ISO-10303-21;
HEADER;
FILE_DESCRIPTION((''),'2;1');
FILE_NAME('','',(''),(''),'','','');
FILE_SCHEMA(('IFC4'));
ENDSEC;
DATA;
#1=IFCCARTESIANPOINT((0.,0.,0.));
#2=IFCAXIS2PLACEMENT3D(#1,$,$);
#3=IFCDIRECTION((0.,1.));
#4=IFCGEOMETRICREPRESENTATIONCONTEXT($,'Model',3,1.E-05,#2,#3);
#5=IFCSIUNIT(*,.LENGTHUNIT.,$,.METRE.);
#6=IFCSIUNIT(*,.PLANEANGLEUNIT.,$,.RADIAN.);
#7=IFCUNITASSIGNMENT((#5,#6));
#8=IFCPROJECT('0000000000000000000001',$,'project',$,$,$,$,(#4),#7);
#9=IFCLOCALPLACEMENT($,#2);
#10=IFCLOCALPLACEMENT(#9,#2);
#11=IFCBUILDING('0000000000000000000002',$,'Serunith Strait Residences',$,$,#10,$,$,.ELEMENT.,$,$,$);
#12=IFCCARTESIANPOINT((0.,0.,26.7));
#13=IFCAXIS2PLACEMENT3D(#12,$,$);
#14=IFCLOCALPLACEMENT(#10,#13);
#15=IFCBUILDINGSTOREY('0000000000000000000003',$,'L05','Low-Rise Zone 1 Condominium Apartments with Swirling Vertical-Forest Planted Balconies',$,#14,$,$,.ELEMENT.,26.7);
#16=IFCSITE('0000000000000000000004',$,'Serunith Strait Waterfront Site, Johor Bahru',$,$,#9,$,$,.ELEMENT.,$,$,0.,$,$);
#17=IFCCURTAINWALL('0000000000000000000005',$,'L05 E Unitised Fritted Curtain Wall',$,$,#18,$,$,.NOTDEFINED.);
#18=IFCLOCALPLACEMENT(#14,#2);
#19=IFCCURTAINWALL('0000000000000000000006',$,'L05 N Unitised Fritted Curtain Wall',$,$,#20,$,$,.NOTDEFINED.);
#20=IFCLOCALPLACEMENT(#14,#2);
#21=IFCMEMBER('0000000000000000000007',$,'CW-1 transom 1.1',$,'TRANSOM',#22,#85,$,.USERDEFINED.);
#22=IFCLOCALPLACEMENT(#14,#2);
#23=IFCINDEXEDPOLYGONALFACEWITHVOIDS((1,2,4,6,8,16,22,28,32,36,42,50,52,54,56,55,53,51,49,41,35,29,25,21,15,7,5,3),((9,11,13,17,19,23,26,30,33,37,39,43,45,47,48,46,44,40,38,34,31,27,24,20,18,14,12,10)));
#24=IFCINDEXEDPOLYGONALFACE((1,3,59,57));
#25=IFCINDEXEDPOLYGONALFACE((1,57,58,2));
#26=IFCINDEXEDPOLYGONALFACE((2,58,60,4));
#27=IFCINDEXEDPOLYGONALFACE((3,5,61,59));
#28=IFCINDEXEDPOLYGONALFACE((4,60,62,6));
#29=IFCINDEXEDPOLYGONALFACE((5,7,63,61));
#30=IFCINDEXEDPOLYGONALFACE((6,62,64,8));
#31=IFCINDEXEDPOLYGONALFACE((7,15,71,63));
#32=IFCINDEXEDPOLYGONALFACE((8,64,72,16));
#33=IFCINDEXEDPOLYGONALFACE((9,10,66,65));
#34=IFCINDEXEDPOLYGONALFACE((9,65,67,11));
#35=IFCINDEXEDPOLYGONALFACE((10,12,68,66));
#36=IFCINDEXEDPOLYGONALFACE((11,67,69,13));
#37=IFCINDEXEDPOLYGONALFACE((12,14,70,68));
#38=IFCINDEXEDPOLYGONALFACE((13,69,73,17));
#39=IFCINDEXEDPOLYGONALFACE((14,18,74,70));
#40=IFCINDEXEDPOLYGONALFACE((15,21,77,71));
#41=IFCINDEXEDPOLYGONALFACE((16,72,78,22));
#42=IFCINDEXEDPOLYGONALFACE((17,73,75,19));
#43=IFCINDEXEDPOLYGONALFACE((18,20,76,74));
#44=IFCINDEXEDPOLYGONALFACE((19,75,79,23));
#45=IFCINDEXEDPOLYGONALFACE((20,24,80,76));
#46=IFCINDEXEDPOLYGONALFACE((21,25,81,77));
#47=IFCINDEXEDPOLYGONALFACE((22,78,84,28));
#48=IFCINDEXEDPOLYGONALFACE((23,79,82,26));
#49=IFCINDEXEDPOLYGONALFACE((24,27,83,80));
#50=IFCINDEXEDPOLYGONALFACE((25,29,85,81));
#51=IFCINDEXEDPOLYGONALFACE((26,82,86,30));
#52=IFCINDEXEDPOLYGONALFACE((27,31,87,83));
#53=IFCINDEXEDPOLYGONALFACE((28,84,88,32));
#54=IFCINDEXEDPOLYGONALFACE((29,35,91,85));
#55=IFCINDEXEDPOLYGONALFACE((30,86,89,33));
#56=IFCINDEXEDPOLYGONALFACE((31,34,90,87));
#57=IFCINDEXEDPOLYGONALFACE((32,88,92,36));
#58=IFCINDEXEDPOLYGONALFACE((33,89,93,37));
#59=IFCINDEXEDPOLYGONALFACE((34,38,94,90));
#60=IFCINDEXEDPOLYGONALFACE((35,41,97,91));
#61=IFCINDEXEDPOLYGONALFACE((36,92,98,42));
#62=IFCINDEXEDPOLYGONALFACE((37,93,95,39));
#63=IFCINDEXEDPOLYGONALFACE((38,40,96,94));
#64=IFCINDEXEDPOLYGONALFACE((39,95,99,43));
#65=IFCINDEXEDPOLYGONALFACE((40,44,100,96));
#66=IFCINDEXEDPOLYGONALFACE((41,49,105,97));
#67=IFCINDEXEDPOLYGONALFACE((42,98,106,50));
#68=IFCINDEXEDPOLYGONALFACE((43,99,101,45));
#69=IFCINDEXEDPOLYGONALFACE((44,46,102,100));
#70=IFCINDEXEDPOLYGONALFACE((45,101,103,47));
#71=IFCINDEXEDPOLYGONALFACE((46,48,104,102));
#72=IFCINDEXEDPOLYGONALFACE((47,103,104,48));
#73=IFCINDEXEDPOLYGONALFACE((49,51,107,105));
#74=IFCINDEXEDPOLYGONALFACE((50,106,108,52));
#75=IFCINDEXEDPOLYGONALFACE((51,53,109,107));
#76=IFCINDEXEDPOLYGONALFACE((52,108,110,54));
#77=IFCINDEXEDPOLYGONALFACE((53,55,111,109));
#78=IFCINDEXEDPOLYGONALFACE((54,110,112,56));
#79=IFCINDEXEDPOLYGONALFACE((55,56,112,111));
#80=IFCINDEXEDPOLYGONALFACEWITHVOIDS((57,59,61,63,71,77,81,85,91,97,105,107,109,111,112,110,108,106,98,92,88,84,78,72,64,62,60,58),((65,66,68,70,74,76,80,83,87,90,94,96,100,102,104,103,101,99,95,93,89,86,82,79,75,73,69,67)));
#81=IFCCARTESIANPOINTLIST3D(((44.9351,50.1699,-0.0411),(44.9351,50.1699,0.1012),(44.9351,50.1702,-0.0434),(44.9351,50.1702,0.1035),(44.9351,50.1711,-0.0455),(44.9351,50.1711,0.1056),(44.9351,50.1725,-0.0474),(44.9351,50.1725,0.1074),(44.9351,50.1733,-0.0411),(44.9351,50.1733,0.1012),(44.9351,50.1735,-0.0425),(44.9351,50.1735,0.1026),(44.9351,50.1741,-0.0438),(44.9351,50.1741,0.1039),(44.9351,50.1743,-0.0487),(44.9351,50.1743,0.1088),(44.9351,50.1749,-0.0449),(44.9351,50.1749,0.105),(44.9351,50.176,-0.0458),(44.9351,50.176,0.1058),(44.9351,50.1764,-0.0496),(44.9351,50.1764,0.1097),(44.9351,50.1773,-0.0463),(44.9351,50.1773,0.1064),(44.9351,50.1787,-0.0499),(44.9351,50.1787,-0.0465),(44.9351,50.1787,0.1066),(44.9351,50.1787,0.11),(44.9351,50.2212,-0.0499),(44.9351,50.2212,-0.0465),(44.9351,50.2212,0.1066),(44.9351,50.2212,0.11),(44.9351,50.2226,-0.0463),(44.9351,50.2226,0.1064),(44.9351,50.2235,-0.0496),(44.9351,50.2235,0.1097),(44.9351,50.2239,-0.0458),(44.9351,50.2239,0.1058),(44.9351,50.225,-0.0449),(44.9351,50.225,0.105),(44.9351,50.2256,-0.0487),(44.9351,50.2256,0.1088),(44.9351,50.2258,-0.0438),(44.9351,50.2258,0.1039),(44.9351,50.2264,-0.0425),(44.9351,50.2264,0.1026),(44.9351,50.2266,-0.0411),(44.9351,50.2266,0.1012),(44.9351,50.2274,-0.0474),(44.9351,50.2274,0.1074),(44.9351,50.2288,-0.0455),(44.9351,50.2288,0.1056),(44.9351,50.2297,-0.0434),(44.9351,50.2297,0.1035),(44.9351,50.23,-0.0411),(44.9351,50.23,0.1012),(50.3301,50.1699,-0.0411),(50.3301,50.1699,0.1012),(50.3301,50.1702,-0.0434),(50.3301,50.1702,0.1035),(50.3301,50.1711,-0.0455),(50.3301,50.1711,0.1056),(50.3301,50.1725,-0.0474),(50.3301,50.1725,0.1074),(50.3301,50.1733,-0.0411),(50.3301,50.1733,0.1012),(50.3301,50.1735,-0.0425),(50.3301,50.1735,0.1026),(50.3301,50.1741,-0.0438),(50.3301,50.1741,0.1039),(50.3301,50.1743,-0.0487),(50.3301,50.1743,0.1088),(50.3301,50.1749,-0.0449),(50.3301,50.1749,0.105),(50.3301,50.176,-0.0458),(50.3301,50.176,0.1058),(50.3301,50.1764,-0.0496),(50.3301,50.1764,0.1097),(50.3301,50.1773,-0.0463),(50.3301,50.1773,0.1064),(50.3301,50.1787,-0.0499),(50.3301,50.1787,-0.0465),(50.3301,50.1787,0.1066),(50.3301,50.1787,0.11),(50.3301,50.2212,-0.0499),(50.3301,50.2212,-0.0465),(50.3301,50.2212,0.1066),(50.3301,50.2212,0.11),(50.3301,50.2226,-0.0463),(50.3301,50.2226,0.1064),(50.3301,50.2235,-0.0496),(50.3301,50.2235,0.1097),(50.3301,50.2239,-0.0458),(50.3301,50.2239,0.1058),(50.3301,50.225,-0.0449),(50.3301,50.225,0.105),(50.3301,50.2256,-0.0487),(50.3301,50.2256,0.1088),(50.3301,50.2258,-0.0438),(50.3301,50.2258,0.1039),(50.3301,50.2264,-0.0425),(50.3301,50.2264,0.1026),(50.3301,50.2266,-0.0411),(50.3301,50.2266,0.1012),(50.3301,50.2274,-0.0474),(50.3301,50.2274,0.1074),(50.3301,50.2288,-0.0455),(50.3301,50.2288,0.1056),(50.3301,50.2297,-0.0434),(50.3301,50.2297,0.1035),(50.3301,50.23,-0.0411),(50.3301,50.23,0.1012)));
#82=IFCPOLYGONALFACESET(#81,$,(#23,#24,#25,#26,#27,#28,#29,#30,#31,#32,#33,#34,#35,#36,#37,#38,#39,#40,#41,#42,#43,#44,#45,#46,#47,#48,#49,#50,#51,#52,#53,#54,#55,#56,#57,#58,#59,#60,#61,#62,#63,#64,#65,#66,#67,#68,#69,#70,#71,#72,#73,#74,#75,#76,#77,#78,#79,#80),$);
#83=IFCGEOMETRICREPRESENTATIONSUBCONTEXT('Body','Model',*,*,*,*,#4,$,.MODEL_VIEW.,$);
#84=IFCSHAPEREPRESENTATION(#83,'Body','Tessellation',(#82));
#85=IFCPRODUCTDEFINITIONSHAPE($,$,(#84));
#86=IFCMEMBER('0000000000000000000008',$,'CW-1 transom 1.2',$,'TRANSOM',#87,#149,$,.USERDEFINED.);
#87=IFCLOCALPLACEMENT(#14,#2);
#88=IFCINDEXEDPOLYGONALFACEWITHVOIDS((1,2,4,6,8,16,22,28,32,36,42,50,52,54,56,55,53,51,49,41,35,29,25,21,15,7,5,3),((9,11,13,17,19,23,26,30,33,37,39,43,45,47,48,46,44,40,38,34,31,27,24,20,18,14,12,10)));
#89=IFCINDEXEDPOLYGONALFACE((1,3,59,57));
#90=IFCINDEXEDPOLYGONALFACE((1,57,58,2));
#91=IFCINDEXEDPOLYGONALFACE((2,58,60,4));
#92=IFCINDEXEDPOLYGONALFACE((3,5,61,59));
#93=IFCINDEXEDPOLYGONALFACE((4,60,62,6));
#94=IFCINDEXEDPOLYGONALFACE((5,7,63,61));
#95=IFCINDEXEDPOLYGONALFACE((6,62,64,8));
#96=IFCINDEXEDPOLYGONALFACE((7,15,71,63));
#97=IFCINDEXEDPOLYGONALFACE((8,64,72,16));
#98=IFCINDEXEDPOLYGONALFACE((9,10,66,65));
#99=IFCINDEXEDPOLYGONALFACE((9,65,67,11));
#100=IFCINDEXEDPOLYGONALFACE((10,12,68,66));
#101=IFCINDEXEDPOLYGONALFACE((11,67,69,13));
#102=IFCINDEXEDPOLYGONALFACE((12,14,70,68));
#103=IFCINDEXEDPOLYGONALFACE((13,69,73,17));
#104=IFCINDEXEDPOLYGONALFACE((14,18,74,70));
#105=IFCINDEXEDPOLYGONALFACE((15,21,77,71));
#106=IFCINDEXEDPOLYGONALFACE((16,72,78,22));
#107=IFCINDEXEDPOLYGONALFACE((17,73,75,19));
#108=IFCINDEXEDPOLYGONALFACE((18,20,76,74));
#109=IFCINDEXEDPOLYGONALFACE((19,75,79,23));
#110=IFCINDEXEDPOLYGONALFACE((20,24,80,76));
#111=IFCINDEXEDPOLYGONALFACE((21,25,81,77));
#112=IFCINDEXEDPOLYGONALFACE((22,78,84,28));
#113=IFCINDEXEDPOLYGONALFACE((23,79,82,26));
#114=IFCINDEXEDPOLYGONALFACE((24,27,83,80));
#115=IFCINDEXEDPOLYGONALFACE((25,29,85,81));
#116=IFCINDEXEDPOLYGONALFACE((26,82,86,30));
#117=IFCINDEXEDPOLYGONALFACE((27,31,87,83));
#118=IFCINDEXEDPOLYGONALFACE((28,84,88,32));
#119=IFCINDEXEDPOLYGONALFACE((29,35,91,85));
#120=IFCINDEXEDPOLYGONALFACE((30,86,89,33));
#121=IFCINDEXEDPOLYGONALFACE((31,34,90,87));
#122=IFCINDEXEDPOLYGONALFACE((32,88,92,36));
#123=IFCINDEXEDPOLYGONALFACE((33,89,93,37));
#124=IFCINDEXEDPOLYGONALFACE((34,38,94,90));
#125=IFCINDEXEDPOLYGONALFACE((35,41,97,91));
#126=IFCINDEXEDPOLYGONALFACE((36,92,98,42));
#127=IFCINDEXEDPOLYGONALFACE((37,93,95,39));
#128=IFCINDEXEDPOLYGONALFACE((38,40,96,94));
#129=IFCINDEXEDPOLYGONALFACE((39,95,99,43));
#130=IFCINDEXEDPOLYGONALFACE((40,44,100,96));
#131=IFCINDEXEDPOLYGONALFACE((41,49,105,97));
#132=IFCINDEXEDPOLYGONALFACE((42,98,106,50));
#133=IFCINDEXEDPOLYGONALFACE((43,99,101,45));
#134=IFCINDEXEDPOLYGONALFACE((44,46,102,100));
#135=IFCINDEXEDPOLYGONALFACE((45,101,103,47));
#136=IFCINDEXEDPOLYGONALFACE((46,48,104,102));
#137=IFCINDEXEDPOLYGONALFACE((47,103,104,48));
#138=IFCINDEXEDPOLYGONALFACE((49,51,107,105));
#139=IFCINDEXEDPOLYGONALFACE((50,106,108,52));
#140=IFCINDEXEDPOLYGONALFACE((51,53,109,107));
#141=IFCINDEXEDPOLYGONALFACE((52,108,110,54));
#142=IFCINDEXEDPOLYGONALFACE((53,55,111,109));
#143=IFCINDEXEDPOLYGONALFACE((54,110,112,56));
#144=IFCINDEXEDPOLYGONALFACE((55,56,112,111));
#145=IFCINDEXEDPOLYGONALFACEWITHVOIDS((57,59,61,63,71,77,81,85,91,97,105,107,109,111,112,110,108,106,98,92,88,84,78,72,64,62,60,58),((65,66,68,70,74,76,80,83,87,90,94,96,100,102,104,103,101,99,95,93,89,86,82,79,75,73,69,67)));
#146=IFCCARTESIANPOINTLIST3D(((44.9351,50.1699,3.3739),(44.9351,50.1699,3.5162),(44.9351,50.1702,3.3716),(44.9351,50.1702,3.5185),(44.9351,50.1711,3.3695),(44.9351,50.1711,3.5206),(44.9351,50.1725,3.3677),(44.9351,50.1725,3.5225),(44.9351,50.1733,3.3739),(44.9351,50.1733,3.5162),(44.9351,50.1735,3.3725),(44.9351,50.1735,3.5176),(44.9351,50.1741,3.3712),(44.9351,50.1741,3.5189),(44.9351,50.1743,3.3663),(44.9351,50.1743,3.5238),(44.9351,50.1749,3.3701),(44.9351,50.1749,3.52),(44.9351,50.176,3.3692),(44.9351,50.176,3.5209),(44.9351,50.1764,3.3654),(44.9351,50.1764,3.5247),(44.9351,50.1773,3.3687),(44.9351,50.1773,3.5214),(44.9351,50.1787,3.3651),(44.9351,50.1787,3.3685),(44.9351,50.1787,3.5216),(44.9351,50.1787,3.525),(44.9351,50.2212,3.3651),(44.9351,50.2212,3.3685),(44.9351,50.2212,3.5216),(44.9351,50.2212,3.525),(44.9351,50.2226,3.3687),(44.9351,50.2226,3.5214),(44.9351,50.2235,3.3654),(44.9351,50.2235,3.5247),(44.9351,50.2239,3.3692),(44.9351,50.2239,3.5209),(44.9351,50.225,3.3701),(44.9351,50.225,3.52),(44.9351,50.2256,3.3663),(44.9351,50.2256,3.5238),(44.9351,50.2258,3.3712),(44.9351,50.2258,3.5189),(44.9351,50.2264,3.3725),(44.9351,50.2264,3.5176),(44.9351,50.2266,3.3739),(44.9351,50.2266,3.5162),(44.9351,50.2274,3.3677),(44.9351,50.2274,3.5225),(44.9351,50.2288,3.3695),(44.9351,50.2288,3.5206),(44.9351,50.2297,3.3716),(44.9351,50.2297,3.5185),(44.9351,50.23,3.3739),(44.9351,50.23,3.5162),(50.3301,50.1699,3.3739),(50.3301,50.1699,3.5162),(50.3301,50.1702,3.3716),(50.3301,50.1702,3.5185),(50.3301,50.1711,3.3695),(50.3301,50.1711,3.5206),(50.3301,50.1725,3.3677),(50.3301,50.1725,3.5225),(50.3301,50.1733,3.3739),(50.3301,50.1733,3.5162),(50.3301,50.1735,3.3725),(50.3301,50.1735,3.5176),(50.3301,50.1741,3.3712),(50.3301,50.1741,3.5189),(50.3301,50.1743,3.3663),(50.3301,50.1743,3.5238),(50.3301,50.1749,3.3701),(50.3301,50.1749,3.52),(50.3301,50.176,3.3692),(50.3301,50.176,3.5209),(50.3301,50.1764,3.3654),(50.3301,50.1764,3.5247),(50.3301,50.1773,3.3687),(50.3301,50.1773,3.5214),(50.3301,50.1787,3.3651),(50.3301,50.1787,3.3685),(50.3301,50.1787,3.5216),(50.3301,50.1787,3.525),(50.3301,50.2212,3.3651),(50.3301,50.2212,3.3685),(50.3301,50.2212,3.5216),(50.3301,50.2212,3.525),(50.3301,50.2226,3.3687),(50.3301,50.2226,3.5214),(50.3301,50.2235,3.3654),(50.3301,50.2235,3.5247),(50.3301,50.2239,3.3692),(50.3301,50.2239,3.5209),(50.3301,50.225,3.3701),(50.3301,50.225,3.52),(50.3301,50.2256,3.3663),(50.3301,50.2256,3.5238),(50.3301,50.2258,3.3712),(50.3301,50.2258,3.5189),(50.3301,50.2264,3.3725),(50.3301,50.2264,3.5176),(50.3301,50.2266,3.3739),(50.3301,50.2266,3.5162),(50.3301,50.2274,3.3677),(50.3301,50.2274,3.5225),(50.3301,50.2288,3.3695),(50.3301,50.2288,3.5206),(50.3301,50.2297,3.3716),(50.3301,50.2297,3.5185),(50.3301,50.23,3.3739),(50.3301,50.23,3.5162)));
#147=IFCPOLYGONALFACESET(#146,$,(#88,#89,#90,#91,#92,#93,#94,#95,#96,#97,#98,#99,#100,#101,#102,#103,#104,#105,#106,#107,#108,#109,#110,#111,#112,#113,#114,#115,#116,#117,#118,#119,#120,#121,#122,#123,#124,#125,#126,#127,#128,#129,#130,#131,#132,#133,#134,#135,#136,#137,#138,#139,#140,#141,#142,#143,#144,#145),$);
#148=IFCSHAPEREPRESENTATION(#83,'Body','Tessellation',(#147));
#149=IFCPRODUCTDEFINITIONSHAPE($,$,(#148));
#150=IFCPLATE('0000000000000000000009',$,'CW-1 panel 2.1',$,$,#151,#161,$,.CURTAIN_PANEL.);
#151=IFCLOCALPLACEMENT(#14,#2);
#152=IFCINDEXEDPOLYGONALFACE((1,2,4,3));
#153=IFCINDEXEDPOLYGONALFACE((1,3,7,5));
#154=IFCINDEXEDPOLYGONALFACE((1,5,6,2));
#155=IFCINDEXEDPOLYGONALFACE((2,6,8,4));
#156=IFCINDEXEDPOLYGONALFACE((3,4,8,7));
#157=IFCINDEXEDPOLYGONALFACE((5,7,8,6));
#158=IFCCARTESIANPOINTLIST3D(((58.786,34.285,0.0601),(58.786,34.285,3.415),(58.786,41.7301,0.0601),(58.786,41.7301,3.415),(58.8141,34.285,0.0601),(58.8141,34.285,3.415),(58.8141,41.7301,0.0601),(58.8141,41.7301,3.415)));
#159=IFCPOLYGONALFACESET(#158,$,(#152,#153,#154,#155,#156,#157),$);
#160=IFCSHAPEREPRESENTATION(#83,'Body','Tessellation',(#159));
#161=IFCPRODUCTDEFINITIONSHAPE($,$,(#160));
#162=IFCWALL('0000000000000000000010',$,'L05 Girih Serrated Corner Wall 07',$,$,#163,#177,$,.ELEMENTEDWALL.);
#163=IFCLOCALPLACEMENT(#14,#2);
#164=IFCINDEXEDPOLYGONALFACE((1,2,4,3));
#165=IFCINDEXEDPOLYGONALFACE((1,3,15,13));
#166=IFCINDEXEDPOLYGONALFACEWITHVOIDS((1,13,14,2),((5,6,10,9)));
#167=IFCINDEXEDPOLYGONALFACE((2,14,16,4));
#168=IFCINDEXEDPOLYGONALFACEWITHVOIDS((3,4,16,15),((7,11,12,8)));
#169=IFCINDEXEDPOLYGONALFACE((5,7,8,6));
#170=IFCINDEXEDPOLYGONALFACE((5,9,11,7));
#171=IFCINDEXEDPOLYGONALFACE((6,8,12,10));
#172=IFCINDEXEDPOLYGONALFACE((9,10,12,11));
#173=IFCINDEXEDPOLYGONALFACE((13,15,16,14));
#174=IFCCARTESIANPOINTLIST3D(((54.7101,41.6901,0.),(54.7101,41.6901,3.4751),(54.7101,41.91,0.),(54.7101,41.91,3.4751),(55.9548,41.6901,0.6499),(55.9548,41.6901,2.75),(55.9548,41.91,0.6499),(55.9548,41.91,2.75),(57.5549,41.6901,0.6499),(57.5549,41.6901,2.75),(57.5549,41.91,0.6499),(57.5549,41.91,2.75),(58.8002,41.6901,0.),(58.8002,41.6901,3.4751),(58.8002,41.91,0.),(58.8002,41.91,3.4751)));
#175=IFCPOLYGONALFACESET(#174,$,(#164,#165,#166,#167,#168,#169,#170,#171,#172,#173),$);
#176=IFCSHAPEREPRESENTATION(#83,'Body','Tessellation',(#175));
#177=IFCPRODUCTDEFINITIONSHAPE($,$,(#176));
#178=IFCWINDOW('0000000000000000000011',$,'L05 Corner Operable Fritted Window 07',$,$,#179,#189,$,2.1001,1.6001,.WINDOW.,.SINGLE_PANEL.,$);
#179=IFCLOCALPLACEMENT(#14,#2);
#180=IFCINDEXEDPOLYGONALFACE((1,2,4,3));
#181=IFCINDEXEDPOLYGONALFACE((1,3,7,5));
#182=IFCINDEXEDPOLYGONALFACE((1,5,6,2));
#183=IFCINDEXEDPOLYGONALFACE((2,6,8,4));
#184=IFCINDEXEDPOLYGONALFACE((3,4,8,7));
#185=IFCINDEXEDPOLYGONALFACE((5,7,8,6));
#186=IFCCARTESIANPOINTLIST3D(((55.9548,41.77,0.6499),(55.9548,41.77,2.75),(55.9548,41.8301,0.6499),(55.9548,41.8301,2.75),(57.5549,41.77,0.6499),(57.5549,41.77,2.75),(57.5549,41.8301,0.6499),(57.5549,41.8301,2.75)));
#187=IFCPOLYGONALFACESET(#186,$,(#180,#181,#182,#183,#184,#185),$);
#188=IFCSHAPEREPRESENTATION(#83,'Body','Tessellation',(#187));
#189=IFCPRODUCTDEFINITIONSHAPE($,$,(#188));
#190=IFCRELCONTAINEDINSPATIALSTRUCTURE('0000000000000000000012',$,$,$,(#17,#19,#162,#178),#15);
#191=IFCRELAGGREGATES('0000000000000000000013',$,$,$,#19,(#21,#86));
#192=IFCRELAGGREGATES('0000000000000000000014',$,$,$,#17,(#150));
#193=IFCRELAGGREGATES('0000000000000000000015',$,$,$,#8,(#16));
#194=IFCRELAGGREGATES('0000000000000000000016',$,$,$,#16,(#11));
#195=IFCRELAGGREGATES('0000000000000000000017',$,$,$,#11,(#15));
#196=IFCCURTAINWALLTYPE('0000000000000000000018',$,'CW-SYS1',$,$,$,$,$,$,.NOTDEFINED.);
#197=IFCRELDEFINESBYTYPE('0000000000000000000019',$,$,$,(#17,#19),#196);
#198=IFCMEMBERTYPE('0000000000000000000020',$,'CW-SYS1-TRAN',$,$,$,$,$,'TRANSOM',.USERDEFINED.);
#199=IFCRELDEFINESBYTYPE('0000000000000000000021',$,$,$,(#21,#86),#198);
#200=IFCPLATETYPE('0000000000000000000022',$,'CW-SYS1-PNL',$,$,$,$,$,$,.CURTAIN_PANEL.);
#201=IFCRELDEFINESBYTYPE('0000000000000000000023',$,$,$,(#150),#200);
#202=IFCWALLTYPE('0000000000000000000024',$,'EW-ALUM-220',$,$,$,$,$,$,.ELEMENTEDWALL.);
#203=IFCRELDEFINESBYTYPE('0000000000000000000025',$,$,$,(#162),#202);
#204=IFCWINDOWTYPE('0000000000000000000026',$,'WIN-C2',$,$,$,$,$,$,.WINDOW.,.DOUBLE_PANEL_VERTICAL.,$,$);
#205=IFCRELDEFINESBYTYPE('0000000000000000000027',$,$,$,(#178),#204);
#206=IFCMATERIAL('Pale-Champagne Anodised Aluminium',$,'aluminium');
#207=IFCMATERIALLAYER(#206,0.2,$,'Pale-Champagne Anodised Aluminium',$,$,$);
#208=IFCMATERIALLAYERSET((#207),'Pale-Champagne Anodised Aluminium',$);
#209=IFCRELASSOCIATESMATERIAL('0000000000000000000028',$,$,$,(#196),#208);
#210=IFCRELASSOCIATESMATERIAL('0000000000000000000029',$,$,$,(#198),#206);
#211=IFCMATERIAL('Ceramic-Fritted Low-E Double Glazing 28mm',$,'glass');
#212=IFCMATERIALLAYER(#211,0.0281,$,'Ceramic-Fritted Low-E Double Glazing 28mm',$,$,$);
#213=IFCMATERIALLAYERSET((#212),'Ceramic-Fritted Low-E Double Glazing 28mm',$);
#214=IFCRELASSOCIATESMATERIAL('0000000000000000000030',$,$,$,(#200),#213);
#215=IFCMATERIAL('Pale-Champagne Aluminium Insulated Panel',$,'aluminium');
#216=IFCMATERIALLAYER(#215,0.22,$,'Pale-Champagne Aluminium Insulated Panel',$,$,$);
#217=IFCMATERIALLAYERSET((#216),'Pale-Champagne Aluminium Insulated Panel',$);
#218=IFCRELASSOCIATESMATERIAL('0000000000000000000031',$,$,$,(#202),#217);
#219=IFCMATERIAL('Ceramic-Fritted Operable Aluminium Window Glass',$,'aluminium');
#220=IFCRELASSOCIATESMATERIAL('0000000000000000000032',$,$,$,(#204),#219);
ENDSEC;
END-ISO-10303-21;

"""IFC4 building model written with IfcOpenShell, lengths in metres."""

from ifc_helpers import new_model, si_unit, direction, frame, frame_2d, origin, origin_2d, place, context, subcontext, project, spatial, rectangle, hollow_rectangle, extrude, source, transform, mapped, material, layer, layer_set, material_profile, profile_set, type_object, element, fill, aggregate, save


model = new_model("IFC4")

# Units and contexts
model_context = context("Model", 3, precision=1e-05, world=origin(), true_north=direction((0.0, 1.0)))
body_context = subcontext(model_context, "Body", "Model", "MODEL_VIEW")
ifc_project = project(units=[si_unit("LENGTHUNIT", "METRE"), si_unit("PLANEANGLEUNIT", "RADIAN")], contexts=[model_context])

# Site, building, storey
site_placement = place(None, origin())
site = spatial("IfcSite", under=ifc_project, at=site_placement, Name="Serunith Strait Waterfront Site, Johor Bahru", CompositionType="ELEMENT", RefElevation=0.0)
building_placement = place(site_placement, origin())
building = spatial("IfcBuilding", under=site, at=building_placement, Name="Serunith Strait Residences", CompositionType="ELEMENT")
storey_placement = place(building_placement, frame((0.0, 0.0, 26.7)))
storey = spatial("IfcBuildingStorey", under=building, at=storey_placement, Name="L05", Description="Low-Rise Zone 1 Condominium Apartments with Swirling Vertical-Forest Planted Balconies", CompositionType="ELEMENT", Elevation=26.7)

# Curtain wall
ifc_material_1 = material(Name="Pale-Champagne Anodised Aluminium", Category="aluminium")
ifc_layer_1 = layer(ifc_material_1, 0.2, Name="Pale-Champagne Anodised Aluminium")
ifc_layer_set_1 = layer_set([ifc_layer_1], Name="Pale-Champagne Anodised Aluminium")
curtain_wall_type = type_object("IfcCurtainWallType", Name="CW-SYS1", PredefinedType="NOTDEFINED", material=ifc_layer_set_1)
curtain_wall_1_placement = place(storey_placement, origin())
curtain_wall_1 = element("IfcCurtainWall", 1, at=curtain_wall_1_placement, inside=storey, type_object=curtain_wall_type, Name="L05 E Unitised Fritted Curtain Wall", PredefinedType="NOTDEFINED")

# Curtain wall, members
curtain_wall_2_placement = place(storey_placement, origin())
curtain_wall_2 = element("IfcCurtainWall", 2, at=curtain_wall_2_placement, inside=storey, type_object=curtain_wall_type, Name="L05 N Unitised Fritted Curtain Wall", PredefinedType="NOTDEFINED")
ifc_material_profile_1 = material_profile(ifc_material_1, hollow_rectangle(XDim=0.0601, YDim=0.1599, WallThickness=0.0034, InnerFilletRadius=0.0054, OuterFilletRadius=0.0088, at=origin_2d()), Name="ALU 160x60x3.5")
ifc_profile_set_1 = profile_set([ifc_material_profile_1], Name="Pale-Champagne Anodised Aluminium")
member_type_1 = type_object("IfcMemberType", Name="CW-SYS1-TRAN", ElementType="TRANSOM", PredefinedType="USERDEFINED", material=ifc_profile_set_1)
shared_shape_1 = source(origin(), body_context, "Body", "SweptSolid", [
    extrude(hollow_rectangle(XDim=0.0601, YDim=0.1599, WallThickness=0.0034, InnerFilletRadius=0.0054, OuterFilletRadius=0.0088, at=origin_2d()), origin(), (0.0, 0.0, 1.0), 5.395),
])
member_1_placement = place(storey_placement, frame((50.3301, 50.2, 0.03), z_axis=(-1.0, 0.0, 0.0), x_axis=(0.0, -1.0, 0.0)))
member_1 = element("IfcMember", 3, at=member_1_placement, type_object=member_type_1, Name="CW-1 transom 1.1", ObjectType="TRANSOM", PredefinedType="USERDEFINED", context=body_context, shape_type="MappedRepresentation", body=[
    mapped(shared_shape_1, transform((0.0, 0.0, 0.0), scale=1.0)),
])
member_2_placement = place(storey_placement, frame((50.3301, 50.2, 3.4451), z_axis=(-1.0, 0.0, 0.0), x_axis=(0.0, -1.0, 0.0)))
member_2 = element("IfcMember", 4, at=member_2_placement, type_object=member_type_1, Name="CW-1 transom 1.2", ObjectType="TRANSOM", PredefinedType="USERDEFINED", context=body_context, shape_type="MappedRepresentation", body=[
    mapped(shared_shape_1, transform((0.0, 0.0, 0.0), scale=1.0)),
])
aggregate(curtain_wall_2, [member_1, member_2])

# Plate
ifc_material_2 = material(Name="Ceramic-Fritted Low-E Double Glazing 28mm", Category="glass")
ifc_layer_2 = layer(ifc_material_2, 0.0281, Name="Ceramic-Fritted Low-E Double Glazing 28mm")
ifc_layer_set_2 = layer_set([ifc_layer_2], Name="Ceramic-Fritted Low-E Double Glazing 28mm")
plate_type = type_object("IfcPlateType", Name="CW-SYS1-PNL", PredefinedType="CURTAIN_PANEL", material=ifc_layer_set_2)
shared_shape_2 = source(origin(), body_context, "Body", "SweptSolid", [
    extrude(rectangle(XDim=7.4451, YDim=0.0281, at=origin_2d()), origin(), (0.0, 0.0, 1.0), 3.355),
])
plate_placement = place(storey_placement, frame((58.8, 38.0076, 0.0601), z_axis=(0.0, 0.0, 1.0), x_axis=(0.0, 1.0, 0.0)))
plate = element("IfcPlate", 5, at=plate_placement, type_object=plate_type, Name="CW-1 panel 2.1", PredefinedType="CURTAIN_PANEL", context=body_context, shape_type="MappedRepresentation", body=[
    mapped(shared_shape_2, transform((0.0, 0.0, 0.0), scale=1.0)),
])
aggregate(curtain_wall_1, [plate])

# Wall, opening, window
ifc_material_3 = material(Name="Pale-Champagne Aluminium Insulated Panel", Category="aluminium")
ifc_layer_3 = layer(ifc_material_3, 0.22, Name="Pale-Champagne Aluminium Insulated Panel")
ifc_layer_set_3 = layer_set([ifc_layer_3], Name="Pale-Champagne Aluminium Insulated Panel")
wall_type_1 = type_object("IfcWallType", Name="EW-ALUM-220", PredefinedType="ELEMENTEDWALL", material=ifc_layer_set_3)
wall_1_placement = place(storey_placement, frame((58.8, 41.8, 0.0), z_axis=(0.0, 0.0, 1.0), x_axis=(-1.0, 0.0, 0.0)))
wall_1 = element("IfcWall", 6, at=wall_1_placement, inside=storey, type_object=wall_type_1, Name="L05 Girih Serrated Corner Wall 07", PredefinedType="ELEMENTEDWALL", context=body_context, shape_type="SweptSolid", body=[
    extrude(rectangle(XDim=4.0901, YDim=0.22, at=frame_2d((2.0449, 0.0))), origin(), (0.0, 0.0, 1.0), 3.4751),
])
opening_1_placement = place(wall_1_placement, frame((1.2451, 0.0, 0.6499)))
opening_1 = element("IfcOpeningElement", 7, at=opening_1_placement, cuts=wall_1, PredefinedType="OPENING", context=body_context, shape_type="SweptSolid", body=[
    extrude(rectangle(XDim=1.6001, YDim=2.1001, at=frame_2d((0.8, 1.05))), frame((0.0, 0.1201, 0.0), z_axis=(0.0, -1.0, 0.0), x_axis=(1.0, 0.0, 0.0)), (0.0, 0.0, 1.0), 0.24),
])
ifc_material_4 = material(Name="Ceramic-Fritted Operable Aluminium Window Glass", Category="aluminium")
window_type = type_object("IfcWindowType", Name="WIN-C2", PartitioningType="DOUBLE_PANEL_VERTICAL", PredefinedType="WINDOW", material=ifc_material_4)
shared_shape_3 = source(origin(), body_context, "Body", "SweptSolid", [
    extrude(rectangle(XDim=1.6001, YDim=2.1001, at=frame_2d((0.8, 1.05))), frame((0.0, 0.03, 0.0), z_axis=(0.0, -1.0, 0.0), x_axis=(1.0, 0.0, 0.0)), (0.0, 0.0, 1.0), 0.0601),
])
window_1_placement = place(opening_1_placement, origin())
window_1 = element("IfcWindow", 8, at=window_1_placement, inside=storey, type_object=window_type, Name="L05 Corner Operable Fritted Window 07", OverallHeight=2.1001, OverallWidth=1.6001, PartitioningType="SINGLE_PANEL", PredefinedType="WINDOW", context=body_context, shape_type="MappedRepresentation", body=[
    mapped(shared_shape_3, transform((0.0, 0.0, 0.0), scale=1.0)),
])
fill(opening_1, window_1)

save(model, "model.ifc")
